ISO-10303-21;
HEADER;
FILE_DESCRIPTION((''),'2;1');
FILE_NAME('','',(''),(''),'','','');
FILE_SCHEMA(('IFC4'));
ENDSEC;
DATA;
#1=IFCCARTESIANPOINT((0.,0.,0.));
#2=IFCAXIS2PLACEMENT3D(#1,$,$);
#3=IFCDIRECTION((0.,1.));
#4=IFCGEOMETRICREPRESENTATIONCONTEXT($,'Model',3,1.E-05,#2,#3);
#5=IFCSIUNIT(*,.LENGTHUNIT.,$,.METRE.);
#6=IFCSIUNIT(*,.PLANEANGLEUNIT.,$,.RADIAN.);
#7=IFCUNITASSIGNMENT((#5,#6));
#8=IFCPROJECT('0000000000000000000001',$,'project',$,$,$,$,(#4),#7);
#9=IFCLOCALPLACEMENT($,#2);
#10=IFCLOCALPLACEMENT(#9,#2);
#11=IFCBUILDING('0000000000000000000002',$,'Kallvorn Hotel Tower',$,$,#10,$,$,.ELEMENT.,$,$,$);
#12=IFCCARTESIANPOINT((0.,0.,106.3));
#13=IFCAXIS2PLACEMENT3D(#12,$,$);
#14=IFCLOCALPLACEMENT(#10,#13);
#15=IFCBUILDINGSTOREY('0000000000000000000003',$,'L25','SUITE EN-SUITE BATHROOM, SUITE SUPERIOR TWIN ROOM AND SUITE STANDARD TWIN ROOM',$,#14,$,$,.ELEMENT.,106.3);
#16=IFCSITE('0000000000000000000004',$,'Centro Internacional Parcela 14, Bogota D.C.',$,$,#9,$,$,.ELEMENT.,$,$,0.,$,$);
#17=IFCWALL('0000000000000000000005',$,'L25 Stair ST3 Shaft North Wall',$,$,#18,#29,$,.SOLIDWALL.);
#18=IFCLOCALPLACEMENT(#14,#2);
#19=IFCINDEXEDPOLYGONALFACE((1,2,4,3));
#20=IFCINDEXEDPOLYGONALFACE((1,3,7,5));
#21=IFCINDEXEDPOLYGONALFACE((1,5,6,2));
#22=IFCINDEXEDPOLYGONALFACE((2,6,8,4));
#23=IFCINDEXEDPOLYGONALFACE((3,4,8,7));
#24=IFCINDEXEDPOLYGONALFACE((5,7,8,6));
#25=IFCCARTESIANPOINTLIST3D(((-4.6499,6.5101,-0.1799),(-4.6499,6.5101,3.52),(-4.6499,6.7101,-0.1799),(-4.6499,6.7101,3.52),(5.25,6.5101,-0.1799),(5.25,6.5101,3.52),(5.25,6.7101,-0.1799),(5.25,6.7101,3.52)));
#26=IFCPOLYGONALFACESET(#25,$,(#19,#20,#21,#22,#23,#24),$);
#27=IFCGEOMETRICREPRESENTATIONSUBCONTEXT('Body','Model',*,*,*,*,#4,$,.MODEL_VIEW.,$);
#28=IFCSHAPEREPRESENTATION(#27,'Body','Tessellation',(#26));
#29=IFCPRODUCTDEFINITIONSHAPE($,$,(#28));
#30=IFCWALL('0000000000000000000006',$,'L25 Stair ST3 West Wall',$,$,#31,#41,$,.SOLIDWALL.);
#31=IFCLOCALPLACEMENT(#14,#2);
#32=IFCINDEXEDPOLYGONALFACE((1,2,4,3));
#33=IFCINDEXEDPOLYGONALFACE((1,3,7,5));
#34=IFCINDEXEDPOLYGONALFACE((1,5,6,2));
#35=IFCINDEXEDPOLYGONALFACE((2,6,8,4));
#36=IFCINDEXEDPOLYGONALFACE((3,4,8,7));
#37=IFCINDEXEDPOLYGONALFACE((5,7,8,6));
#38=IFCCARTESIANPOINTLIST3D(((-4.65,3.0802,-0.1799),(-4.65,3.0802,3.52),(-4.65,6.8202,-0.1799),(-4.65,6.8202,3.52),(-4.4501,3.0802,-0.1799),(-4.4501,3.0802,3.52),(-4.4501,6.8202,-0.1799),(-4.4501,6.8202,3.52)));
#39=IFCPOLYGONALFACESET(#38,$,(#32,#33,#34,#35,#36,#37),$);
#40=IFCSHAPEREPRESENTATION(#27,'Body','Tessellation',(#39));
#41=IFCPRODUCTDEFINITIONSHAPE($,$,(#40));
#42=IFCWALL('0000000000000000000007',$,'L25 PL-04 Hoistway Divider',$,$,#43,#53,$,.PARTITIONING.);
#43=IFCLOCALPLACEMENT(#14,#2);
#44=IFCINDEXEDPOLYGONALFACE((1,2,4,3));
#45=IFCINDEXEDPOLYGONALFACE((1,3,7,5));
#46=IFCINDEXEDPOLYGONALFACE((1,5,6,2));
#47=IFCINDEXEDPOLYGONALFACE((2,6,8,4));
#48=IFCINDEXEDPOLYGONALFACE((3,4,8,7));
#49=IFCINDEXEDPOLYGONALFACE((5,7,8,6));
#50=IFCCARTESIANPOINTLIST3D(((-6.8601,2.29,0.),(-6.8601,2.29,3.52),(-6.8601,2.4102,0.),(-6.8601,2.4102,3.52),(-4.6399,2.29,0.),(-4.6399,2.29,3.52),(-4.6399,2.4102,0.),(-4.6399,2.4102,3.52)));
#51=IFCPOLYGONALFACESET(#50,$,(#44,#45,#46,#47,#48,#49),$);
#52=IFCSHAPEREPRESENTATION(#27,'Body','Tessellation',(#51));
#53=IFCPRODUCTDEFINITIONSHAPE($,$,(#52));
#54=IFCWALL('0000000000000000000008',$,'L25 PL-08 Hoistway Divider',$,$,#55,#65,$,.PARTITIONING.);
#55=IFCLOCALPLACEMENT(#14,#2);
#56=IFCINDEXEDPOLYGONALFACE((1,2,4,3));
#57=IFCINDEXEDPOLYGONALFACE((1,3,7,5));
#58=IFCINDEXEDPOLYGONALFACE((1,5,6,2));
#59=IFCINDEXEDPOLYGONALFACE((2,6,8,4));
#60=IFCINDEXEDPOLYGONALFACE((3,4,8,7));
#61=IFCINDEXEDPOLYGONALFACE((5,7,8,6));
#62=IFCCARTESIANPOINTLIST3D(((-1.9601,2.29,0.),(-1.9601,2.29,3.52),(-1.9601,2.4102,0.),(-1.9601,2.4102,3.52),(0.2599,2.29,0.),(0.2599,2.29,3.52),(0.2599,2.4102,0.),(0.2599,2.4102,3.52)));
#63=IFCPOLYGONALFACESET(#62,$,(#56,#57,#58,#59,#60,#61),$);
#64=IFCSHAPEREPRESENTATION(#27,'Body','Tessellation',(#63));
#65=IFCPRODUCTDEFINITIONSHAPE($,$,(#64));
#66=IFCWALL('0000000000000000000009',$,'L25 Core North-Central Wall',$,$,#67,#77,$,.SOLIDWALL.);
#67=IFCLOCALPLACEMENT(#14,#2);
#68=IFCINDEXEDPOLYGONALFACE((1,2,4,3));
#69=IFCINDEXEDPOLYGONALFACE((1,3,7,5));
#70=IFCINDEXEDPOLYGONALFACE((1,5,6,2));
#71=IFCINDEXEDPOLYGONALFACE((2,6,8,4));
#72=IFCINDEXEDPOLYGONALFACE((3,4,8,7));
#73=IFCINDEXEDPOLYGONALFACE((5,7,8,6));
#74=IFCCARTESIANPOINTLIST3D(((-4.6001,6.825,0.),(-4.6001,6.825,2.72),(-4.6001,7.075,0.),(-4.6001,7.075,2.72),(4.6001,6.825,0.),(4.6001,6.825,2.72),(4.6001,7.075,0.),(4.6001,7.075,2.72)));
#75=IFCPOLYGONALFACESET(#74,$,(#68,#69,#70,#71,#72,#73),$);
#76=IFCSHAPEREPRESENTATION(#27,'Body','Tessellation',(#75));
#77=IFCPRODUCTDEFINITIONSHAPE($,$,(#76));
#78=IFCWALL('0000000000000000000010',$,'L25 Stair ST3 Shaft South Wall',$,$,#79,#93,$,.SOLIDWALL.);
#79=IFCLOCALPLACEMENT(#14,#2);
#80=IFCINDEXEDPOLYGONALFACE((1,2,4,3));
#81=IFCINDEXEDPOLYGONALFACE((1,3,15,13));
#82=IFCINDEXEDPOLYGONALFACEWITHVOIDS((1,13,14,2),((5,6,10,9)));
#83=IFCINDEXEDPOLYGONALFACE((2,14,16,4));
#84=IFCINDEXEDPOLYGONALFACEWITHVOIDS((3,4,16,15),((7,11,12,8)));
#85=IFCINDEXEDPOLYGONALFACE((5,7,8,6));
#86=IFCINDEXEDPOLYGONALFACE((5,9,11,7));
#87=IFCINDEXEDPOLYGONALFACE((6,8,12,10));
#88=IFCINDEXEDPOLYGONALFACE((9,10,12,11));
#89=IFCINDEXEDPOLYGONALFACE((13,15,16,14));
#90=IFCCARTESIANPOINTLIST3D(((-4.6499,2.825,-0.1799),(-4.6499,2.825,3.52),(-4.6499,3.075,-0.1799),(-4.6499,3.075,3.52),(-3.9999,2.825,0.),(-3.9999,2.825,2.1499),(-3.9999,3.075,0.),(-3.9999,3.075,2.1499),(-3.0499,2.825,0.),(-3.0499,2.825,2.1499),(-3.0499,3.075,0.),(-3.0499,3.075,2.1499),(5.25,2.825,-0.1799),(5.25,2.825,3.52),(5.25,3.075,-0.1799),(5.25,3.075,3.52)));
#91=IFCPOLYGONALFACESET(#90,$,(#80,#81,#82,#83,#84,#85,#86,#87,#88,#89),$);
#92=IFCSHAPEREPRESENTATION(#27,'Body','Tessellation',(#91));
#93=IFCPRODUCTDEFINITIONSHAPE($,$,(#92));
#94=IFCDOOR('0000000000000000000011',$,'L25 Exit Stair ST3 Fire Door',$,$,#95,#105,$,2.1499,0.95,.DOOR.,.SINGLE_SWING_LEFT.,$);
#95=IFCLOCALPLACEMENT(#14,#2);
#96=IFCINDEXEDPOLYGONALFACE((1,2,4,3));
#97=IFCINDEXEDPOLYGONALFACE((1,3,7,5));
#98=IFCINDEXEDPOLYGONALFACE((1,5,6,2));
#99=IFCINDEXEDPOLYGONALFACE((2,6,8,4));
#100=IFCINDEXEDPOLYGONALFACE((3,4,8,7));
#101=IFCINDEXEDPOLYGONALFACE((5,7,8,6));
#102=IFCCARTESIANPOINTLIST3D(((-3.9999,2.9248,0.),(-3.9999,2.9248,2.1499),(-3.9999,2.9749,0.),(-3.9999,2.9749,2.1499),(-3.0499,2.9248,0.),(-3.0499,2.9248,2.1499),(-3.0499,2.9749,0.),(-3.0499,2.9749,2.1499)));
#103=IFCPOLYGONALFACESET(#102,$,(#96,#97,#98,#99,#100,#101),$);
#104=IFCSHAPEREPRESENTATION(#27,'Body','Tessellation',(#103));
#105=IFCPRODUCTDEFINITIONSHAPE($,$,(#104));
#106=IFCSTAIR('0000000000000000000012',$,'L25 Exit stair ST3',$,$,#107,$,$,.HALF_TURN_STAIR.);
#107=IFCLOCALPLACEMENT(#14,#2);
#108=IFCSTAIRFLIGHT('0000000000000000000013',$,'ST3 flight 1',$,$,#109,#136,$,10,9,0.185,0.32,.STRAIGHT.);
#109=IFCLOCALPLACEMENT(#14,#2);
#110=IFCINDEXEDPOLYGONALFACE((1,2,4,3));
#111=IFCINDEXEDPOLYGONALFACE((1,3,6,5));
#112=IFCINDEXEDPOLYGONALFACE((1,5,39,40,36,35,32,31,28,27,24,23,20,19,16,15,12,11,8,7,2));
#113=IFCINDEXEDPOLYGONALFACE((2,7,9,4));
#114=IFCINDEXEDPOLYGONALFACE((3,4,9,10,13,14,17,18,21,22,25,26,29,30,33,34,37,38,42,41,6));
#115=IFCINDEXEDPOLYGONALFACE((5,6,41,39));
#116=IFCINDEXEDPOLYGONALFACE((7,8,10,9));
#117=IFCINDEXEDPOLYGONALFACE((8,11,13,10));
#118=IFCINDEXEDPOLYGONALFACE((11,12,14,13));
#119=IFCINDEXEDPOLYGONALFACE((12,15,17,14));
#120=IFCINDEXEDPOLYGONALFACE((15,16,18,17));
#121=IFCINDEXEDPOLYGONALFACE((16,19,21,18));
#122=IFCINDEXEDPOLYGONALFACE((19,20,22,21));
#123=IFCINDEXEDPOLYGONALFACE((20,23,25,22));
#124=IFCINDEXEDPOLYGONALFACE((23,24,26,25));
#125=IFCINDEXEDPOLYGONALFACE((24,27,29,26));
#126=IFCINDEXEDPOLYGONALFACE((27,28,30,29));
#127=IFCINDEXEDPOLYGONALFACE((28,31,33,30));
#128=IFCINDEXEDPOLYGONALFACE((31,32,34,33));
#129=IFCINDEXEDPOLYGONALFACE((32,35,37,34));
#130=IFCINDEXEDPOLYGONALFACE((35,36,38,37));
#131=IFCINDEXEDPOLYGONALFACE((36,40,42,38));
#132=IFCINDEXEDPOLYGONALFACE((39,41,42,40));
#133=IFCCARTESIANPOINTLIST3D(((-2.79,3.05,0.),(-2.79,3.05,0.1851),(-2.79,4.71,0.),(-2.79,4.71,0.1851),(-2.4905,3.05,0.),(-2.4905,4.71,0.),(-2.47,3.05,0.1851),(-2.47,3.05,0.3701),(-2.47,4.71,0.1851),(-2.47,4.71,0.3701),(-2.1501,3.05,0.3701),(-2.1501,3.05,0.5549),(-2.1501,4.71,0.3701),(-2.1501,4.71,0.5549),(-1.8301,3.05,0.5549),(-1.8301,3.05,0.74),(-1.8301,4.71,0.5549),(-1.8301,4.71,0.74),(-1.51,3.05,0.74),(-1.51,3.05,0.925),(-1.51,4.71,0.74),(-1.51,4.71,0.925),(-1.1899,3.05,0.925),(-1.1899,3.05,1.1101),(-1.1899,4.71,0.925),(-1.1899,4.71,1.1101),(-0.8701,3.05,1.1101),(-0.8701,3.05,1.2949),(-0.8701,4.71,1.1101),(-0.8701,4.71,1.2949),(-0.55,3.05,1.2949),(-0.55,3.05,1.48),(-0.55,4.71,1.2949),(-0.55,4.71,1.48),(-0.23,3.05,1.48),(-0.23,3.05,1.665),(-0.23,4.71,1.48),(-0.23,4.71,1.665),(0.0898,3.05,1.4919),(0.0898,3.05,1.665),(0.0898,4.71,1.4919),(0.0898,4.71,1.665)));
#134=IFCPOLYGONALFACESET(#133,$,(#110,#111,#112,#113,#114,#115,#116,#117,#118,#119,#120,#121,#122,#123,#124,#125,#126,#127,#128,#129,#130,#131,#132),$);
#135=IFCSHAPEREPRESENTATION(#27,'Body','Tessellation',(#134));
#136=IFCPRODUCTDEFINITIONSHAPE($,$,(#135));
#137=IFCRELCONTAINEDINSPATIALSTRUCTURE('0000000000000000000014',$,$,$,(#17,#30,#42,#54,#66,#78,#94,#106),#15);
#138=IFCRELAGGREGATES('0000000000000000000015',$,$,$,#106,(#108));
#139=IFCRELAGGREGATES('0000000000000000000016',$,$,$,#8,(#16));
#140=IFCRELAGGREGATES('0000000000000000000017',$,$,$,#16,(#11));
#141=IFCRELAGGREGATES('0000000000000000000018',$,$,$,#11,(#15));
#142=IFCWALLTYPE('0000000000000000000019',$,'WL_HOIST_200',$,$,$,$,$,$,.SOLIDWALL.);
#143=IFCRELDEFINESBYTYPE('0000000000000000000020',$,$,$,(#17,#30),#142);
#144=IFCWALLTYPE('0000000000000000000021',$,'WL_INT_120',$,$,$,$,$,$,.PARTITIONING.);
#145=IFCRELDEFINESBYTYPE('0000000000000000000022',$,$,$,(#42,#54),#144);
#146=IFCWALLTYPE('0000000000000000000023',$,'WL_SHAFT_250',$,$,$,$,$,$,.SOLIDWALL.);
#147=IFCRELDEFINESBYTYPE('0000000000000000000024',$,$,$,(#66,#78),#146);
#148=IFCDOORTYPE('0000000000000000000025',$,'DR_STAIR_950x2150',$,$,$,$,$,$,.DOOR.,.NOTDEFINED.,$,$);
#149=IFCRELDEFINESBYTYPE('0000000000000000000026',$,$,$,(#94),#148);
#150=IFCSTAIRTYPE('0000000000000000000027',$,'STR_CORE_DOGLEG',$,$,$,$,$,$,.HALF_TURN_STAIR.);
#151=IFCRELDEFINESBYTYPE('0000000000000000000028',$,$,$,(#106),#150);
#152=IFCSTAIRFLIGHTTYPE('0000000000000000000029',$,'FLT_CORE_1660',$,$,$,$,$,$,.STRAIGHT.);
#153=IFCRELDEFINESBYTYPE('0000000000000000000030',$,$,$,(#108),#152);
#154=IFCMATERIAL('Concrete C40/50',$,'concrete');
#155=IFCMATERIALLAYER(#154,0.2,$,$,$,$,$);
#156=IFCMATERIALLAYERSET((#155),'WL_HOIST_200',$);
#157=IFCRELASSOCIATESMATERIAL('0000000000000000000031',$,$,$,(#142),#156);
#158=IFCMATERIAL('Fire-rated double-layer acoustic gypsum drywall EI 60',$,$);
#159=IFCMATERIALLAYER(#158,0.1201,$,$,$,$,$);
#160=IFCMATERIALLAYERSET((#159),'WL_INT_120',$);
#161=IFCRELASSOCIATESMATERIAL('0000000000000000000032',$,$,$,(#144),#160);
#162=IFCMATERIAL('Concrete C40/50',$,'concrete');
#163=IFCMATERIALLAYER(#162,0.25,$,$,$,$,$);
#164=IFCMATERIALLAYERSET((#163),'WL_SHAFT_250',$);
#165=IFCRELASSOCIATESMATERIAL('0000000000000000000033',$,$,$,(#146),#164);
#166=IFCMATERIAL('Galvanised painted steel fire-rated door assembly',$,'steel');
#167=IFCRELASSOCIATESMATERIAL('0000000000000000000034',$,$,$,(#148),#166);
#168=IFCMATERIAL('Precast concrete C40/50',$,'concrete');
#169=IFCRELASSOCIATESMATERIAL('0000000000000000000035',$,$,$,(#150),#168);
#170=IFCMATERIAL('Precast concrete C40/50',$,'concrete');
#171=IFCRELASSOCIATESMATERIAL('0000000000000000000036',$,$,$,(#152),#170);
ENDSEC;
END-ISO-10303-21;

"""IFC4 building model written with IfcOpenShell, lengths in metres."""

from ifc_helpers import new_model, si_unit, direction, frame, frame_2d, origin, place, context, subcontext, project, spatial, polyline, rectangle, outline, extrude, material, layer, layer_set, type_object, element, fill, aggregate, save


model = new_model("IFC4")

# Units and contexts
model_context = context("Model", 3, precision=1e-05, world=origin(), true_north=direction((0.0, 1.0)))
body_context = subcontext(model_context, "Body", "Model", "MODEL_VIEW")
ifc_project = project(units=[si_unit("LENGTHUNIT", "METRE"), si_unit("PLANEANGLEUNIT", "RADIAN")], contexts=[model_context])

# Site, building, storey
site_placement = place(None, origin())
site = spatial("IfcSite", under=ifc_project, at=site_placement, Name="Centro Internacional Parcela 14, Bogota D.C.", CompositionType="ELEMENT", RefElevation=0.0)
building_placement = place(site_placement, origin())
building = spatial("IfcBuilding", under=site, at=building_placement, Name="Kallvorn Hotel Tower", CompositionType="ELEMENT")
storey_placement = place(building_placement, frame((0.0, 0.0, 106.3)))
storey = spatial("IfcBuildingStorey", under=building, at=storey_placement, Name="L25", Description="SUITE EN-SUITE BATHROOM, SUITE SUPERIOR TWIN ROOM AND SUITE STANDARD TWIN ROOM", CompositionType="ELEMENT", Elevation=106.3)

# Walls
ifc_material_1 = material(Name="Concrete C40/50", Category="concrete")
ifc_layer_1 = layer(ifc_material_1, 0.2)
ifc_layer_set_1 = layer_set([ifc_layer_1], Name="WL_HOIST_200")
wall_type_1 = type_object("IfcWallType", Name="WL_HOIST_200", PredefinedType="SOLIDWALL", material=ifc_layer_set_1)
wall_1_placement = place(storey_placement, frame((-4.6499, 6.6101, -0.1799), z_axis=(0.0, 0.0, 1.0), x_axis=(1.0, 0.0, 0.0)))
element("IfcWall", 1, at=wall_1_placement, inside=storey, type_object=wall_type_1, Name="L25 Stair ST3 Shaft North Wall", PredefinedType="SOLIDWALL", context=body_context, shape_type="SweptSolid", body=[
    extrude(rectangle(XDim=9.8999, YDim=0.2, at=frame_2d((4.95, 0.0))), origin(), (0.0, 0.0, 1.0), 3.7),
])
wall_2_placement = place(storey_placement, frame((-4.55, 3.0801, -0.1799), z_axis=(0.0, 0.0, 1.0), x_axis=(0.0, 1.0, 0.0)))
element("IfcWall", 2, at=wall_2_placement, inside=storey, type_object=wall_type_1, Name="L25 Stair ST3 West Wall", PredefinedType="SOLIDWALL", context=body_context, shape_type="SweptSolid", body=[
    extrude(rectangle(XDim=3.74, YDim=0.2, at=frame_2d((1.8701, 0.0))), origin(), (0.0, 0.0, 1.0), 3.7),
])
ifc_material_2 = material(Name="Fire-rated double-layer acoustic gypsum drywall EI 60")
ifc_layer_2 = layer(ifc_material_2, 0.1201)
ifc_layer_set_2 = layer_set([ifc_layer_2], Name="WL_INT_120")
wall_type_2 = type_object("IfcWallType", Name="WL_INT_120", PredefinedType="PARTITIONING", material=ifc_layer_set_2)
wall_3_placement = place(storey_placement, frame((-6.8601, 2.3501, 0.0), z_axis=(0.0, 0.0, 1.0), x_axis=(1.0, 0.0, 0.0)))
element("IfcWall", 3, at=wall_3_placement, inside=storey, type_object=wall_type_2, Name="L25 PL-04 Hoistway Divider", PredefinedType="PARTITIONING", context=body_context, shape_type="SweptSolid", body=[
    extrude(rectangle(XDim=2.2202, YDim=0.1201, at=frame_2d((1.1101, 0.0))), origin(), (0.0, 0.0, 1.0), 3.52),
])
wall_4_placement = place(storey_placement, frame((-1.96, 2.3501, 0.0), z_axis=(0.0, 0.0, 1.0), x_axis=(1.0, 0.0, 0.0)))
element("IfcWall", 4, at=wall_4_placement, inside=storey, type_object=wall_type_2, Name="L25 PL-08 Hoistway Divider", PredefinedType="PARTITIONING", context=body_context, shape_type="SweptSolid", body=[
    extrude(rectangle(XDim=2.22, YDim=0.1201, at=frame_2d((1.1099, 0.0))), origin(), (0.0, 0.0, 1.0), 3.52),
])
ifc_material_3 = material(Name="Concrete C40/50", Category="concrete")
ifc_layer_3 = layer(ifc_material_3, 0.25)
ifc_layer_set_3 = layer_set([ifc_layer_3], Name="WL_SHAFT_250")
wall_type_3 = type_object("IfcWallType", Name="WL_SHAFT_250", PredefinedType="SOLIDWALL", material=ifc_layer_set_3)
wall_5_placement = place(storey_placement, frame((-4.6001, 6.95, 0.0), z_axis=(0.0, 0.0, 1.0), x_axis=(1.0, 0.0, 0.0)))
element("IfcWall", 5, at=wall_5_placement, inside=storey, type_object=wall_type_3, Name="L25 Core North-Central Wall", PredefinedType="SOLIDWALL", context=body_context, shape_type="SweptSolid", body=[
    extrude(rectangle(XDim=9.2002, YDim=0.25, at=frame_2d((4.6001, 0.0))), origin(), (0.0, 0.0, 1.0), 2.72),
])

# Wall, opening, door
wall_6_placement = place(storey_placement, frame((-4.6499, 2.95, -0.1799), z_axis=(0.0, 0.0, 1.0), x_axis=(1.0, 0.0, 0.0)))
wall_6 = element("IfcWall", 6, at=wall_6_placement, inside=storey, type_object=wall_type_3, Name="L25 Stair ST3 Shaft South Wall", PredefinedType="SOLIDWALL", context=body_context, shape_type="SweptSolid", body=[
    extrude(rectangle(XDim=9.8999, YDim=0.25, at=frame_2d((4.95, 0.0))), origin(), (0.0, 0.0, 1.0), 3.7),
])
opening_placement = place(wall_6_placement, frame((0.6499, 0.0, 0.1799)))
opening = element("IfcOpeningElement", 7, at=opening_placement, cuts=wall_6, PredefinedType="OPENING", context=body_context, shape_type="SweptSolid", body=[
    extrude(rectangle(XDim=0.95, YDim=2.1499, at=frame_2d((0.4751, 1.075))), frame((0.0, 0.1399, 0.0), z_axis=(0.0, -1.0, 0.0), x_axis=(1.0, 0.0, 0.0)), (0.0, 0.0, 1.0), 0.28),
])
ifc_material_4 = material(Name="Galvanised painted steel fire-rated door assembly", Category="steel")
door_type = type_object("IfcDoorType", Name="DR_STAIR_950x2150", OperationType="NOTDEFINED", PredefinedType="DOOR", material=ifc_material_4)
door_placement = place(opening_placement, origin())
door = element("IfcDoor", 8, at=door_placement, inside=storey, type_object=door_type, Name="L25 Exit Stair ST3 Fire Door", OperationType="SINGLE_SWING_LEFT", OverallHeight=2.1499, OverallWidth=0.95, PredefinedType="DOOR", context=body_context, shape_type="SweptSolid", body=[
    extrude(rectangle(XDim=0.95, YDim=2.1499, at=frame_2d((0.4751, 1.075))), frame((0.0, 0.0249, 0.0), z_axis=(0.0, -1.0, 0.0), x_axis=(1.0, 0.0, 0.0)), (0.0, 0.0, 1.0), 0.05),
])
fill(opening, door)

# Stair, stair flight
ifc_material_5 = material(Name="Precast concrete C40/50", Category="concrete")
stair_type = type_object("IfcStairType", Name="STR_CORE_DOGLEG", PredefinedType="HALF_TURN_STAIR", material=ifc_material_5)
stair_placement = place(storey_placement, origin())
stair = element("IfcStair", 9, at=stair_placement, inside=storey, type_object=stair_type, Name="L25 Exit stair ST3", PredefinedType="HALF_TURN_STAIR")
ifc_material_6 = material(Name="Precast concrete C40/50", Category="concrete")
stair_flight_type = type_object("IfcStairFlightType", Name="FLT_CORE_1660", PredefinedType="STRAIGHT", material=ifc_material_6)
stair_flight_placement = place(storey_placement, frame((-2.79, 3.8799, 0.0), z_axis=(0.0, 0.0, 1.0), x_axis=(1.0, 0.0, 0.0)))
stair_flight = element("IfcStairFlight", 10, at=stair_flight_placement, type_object=stair_flight_type, Name="ST3 flight 1", NumberOfRisers=10, NumberOfTreads=9, PredefinedType="STRAIGHT", RiserHeight=0.185, TreadLength=0.32, context=body_context, shape_type="SweptSolid", body=[
    extrude(outline(polyline([(0.0, 0.0), (0.0, 0.1851), (0.3201, 0.1851), (0.3201, 0.3701), (0.6399, 0.3701), (0.6399, 0.5549), (0.96, 0.5549), (0.96, 0.74), (1.28, 0.74), (1.28, 0.925), (1.6001, 0.925), (1.6001, 1.1101), (1.9199, 1.1101), (1.9199, 1.2949), (2.24, 1.2949), (2.24, 1.48), (2.5601, 1.48), (2.5601, 1.665), (2.8799, 1.665), (2.8799, 1.8501), (2.8799, 1.4919), (0.2996, 0.0), (0.0, 0.0)])), frame((0.0, 0.8301, 0.0), z_axis=(0.0, -1.0, 0.0), x_axis=(1.0, 0.0, 0.0)), (0.0, 0.0, 1.0), 1.6599),
])
aggregate(stair, [stair_flight])

save(model, "model.ifc")
